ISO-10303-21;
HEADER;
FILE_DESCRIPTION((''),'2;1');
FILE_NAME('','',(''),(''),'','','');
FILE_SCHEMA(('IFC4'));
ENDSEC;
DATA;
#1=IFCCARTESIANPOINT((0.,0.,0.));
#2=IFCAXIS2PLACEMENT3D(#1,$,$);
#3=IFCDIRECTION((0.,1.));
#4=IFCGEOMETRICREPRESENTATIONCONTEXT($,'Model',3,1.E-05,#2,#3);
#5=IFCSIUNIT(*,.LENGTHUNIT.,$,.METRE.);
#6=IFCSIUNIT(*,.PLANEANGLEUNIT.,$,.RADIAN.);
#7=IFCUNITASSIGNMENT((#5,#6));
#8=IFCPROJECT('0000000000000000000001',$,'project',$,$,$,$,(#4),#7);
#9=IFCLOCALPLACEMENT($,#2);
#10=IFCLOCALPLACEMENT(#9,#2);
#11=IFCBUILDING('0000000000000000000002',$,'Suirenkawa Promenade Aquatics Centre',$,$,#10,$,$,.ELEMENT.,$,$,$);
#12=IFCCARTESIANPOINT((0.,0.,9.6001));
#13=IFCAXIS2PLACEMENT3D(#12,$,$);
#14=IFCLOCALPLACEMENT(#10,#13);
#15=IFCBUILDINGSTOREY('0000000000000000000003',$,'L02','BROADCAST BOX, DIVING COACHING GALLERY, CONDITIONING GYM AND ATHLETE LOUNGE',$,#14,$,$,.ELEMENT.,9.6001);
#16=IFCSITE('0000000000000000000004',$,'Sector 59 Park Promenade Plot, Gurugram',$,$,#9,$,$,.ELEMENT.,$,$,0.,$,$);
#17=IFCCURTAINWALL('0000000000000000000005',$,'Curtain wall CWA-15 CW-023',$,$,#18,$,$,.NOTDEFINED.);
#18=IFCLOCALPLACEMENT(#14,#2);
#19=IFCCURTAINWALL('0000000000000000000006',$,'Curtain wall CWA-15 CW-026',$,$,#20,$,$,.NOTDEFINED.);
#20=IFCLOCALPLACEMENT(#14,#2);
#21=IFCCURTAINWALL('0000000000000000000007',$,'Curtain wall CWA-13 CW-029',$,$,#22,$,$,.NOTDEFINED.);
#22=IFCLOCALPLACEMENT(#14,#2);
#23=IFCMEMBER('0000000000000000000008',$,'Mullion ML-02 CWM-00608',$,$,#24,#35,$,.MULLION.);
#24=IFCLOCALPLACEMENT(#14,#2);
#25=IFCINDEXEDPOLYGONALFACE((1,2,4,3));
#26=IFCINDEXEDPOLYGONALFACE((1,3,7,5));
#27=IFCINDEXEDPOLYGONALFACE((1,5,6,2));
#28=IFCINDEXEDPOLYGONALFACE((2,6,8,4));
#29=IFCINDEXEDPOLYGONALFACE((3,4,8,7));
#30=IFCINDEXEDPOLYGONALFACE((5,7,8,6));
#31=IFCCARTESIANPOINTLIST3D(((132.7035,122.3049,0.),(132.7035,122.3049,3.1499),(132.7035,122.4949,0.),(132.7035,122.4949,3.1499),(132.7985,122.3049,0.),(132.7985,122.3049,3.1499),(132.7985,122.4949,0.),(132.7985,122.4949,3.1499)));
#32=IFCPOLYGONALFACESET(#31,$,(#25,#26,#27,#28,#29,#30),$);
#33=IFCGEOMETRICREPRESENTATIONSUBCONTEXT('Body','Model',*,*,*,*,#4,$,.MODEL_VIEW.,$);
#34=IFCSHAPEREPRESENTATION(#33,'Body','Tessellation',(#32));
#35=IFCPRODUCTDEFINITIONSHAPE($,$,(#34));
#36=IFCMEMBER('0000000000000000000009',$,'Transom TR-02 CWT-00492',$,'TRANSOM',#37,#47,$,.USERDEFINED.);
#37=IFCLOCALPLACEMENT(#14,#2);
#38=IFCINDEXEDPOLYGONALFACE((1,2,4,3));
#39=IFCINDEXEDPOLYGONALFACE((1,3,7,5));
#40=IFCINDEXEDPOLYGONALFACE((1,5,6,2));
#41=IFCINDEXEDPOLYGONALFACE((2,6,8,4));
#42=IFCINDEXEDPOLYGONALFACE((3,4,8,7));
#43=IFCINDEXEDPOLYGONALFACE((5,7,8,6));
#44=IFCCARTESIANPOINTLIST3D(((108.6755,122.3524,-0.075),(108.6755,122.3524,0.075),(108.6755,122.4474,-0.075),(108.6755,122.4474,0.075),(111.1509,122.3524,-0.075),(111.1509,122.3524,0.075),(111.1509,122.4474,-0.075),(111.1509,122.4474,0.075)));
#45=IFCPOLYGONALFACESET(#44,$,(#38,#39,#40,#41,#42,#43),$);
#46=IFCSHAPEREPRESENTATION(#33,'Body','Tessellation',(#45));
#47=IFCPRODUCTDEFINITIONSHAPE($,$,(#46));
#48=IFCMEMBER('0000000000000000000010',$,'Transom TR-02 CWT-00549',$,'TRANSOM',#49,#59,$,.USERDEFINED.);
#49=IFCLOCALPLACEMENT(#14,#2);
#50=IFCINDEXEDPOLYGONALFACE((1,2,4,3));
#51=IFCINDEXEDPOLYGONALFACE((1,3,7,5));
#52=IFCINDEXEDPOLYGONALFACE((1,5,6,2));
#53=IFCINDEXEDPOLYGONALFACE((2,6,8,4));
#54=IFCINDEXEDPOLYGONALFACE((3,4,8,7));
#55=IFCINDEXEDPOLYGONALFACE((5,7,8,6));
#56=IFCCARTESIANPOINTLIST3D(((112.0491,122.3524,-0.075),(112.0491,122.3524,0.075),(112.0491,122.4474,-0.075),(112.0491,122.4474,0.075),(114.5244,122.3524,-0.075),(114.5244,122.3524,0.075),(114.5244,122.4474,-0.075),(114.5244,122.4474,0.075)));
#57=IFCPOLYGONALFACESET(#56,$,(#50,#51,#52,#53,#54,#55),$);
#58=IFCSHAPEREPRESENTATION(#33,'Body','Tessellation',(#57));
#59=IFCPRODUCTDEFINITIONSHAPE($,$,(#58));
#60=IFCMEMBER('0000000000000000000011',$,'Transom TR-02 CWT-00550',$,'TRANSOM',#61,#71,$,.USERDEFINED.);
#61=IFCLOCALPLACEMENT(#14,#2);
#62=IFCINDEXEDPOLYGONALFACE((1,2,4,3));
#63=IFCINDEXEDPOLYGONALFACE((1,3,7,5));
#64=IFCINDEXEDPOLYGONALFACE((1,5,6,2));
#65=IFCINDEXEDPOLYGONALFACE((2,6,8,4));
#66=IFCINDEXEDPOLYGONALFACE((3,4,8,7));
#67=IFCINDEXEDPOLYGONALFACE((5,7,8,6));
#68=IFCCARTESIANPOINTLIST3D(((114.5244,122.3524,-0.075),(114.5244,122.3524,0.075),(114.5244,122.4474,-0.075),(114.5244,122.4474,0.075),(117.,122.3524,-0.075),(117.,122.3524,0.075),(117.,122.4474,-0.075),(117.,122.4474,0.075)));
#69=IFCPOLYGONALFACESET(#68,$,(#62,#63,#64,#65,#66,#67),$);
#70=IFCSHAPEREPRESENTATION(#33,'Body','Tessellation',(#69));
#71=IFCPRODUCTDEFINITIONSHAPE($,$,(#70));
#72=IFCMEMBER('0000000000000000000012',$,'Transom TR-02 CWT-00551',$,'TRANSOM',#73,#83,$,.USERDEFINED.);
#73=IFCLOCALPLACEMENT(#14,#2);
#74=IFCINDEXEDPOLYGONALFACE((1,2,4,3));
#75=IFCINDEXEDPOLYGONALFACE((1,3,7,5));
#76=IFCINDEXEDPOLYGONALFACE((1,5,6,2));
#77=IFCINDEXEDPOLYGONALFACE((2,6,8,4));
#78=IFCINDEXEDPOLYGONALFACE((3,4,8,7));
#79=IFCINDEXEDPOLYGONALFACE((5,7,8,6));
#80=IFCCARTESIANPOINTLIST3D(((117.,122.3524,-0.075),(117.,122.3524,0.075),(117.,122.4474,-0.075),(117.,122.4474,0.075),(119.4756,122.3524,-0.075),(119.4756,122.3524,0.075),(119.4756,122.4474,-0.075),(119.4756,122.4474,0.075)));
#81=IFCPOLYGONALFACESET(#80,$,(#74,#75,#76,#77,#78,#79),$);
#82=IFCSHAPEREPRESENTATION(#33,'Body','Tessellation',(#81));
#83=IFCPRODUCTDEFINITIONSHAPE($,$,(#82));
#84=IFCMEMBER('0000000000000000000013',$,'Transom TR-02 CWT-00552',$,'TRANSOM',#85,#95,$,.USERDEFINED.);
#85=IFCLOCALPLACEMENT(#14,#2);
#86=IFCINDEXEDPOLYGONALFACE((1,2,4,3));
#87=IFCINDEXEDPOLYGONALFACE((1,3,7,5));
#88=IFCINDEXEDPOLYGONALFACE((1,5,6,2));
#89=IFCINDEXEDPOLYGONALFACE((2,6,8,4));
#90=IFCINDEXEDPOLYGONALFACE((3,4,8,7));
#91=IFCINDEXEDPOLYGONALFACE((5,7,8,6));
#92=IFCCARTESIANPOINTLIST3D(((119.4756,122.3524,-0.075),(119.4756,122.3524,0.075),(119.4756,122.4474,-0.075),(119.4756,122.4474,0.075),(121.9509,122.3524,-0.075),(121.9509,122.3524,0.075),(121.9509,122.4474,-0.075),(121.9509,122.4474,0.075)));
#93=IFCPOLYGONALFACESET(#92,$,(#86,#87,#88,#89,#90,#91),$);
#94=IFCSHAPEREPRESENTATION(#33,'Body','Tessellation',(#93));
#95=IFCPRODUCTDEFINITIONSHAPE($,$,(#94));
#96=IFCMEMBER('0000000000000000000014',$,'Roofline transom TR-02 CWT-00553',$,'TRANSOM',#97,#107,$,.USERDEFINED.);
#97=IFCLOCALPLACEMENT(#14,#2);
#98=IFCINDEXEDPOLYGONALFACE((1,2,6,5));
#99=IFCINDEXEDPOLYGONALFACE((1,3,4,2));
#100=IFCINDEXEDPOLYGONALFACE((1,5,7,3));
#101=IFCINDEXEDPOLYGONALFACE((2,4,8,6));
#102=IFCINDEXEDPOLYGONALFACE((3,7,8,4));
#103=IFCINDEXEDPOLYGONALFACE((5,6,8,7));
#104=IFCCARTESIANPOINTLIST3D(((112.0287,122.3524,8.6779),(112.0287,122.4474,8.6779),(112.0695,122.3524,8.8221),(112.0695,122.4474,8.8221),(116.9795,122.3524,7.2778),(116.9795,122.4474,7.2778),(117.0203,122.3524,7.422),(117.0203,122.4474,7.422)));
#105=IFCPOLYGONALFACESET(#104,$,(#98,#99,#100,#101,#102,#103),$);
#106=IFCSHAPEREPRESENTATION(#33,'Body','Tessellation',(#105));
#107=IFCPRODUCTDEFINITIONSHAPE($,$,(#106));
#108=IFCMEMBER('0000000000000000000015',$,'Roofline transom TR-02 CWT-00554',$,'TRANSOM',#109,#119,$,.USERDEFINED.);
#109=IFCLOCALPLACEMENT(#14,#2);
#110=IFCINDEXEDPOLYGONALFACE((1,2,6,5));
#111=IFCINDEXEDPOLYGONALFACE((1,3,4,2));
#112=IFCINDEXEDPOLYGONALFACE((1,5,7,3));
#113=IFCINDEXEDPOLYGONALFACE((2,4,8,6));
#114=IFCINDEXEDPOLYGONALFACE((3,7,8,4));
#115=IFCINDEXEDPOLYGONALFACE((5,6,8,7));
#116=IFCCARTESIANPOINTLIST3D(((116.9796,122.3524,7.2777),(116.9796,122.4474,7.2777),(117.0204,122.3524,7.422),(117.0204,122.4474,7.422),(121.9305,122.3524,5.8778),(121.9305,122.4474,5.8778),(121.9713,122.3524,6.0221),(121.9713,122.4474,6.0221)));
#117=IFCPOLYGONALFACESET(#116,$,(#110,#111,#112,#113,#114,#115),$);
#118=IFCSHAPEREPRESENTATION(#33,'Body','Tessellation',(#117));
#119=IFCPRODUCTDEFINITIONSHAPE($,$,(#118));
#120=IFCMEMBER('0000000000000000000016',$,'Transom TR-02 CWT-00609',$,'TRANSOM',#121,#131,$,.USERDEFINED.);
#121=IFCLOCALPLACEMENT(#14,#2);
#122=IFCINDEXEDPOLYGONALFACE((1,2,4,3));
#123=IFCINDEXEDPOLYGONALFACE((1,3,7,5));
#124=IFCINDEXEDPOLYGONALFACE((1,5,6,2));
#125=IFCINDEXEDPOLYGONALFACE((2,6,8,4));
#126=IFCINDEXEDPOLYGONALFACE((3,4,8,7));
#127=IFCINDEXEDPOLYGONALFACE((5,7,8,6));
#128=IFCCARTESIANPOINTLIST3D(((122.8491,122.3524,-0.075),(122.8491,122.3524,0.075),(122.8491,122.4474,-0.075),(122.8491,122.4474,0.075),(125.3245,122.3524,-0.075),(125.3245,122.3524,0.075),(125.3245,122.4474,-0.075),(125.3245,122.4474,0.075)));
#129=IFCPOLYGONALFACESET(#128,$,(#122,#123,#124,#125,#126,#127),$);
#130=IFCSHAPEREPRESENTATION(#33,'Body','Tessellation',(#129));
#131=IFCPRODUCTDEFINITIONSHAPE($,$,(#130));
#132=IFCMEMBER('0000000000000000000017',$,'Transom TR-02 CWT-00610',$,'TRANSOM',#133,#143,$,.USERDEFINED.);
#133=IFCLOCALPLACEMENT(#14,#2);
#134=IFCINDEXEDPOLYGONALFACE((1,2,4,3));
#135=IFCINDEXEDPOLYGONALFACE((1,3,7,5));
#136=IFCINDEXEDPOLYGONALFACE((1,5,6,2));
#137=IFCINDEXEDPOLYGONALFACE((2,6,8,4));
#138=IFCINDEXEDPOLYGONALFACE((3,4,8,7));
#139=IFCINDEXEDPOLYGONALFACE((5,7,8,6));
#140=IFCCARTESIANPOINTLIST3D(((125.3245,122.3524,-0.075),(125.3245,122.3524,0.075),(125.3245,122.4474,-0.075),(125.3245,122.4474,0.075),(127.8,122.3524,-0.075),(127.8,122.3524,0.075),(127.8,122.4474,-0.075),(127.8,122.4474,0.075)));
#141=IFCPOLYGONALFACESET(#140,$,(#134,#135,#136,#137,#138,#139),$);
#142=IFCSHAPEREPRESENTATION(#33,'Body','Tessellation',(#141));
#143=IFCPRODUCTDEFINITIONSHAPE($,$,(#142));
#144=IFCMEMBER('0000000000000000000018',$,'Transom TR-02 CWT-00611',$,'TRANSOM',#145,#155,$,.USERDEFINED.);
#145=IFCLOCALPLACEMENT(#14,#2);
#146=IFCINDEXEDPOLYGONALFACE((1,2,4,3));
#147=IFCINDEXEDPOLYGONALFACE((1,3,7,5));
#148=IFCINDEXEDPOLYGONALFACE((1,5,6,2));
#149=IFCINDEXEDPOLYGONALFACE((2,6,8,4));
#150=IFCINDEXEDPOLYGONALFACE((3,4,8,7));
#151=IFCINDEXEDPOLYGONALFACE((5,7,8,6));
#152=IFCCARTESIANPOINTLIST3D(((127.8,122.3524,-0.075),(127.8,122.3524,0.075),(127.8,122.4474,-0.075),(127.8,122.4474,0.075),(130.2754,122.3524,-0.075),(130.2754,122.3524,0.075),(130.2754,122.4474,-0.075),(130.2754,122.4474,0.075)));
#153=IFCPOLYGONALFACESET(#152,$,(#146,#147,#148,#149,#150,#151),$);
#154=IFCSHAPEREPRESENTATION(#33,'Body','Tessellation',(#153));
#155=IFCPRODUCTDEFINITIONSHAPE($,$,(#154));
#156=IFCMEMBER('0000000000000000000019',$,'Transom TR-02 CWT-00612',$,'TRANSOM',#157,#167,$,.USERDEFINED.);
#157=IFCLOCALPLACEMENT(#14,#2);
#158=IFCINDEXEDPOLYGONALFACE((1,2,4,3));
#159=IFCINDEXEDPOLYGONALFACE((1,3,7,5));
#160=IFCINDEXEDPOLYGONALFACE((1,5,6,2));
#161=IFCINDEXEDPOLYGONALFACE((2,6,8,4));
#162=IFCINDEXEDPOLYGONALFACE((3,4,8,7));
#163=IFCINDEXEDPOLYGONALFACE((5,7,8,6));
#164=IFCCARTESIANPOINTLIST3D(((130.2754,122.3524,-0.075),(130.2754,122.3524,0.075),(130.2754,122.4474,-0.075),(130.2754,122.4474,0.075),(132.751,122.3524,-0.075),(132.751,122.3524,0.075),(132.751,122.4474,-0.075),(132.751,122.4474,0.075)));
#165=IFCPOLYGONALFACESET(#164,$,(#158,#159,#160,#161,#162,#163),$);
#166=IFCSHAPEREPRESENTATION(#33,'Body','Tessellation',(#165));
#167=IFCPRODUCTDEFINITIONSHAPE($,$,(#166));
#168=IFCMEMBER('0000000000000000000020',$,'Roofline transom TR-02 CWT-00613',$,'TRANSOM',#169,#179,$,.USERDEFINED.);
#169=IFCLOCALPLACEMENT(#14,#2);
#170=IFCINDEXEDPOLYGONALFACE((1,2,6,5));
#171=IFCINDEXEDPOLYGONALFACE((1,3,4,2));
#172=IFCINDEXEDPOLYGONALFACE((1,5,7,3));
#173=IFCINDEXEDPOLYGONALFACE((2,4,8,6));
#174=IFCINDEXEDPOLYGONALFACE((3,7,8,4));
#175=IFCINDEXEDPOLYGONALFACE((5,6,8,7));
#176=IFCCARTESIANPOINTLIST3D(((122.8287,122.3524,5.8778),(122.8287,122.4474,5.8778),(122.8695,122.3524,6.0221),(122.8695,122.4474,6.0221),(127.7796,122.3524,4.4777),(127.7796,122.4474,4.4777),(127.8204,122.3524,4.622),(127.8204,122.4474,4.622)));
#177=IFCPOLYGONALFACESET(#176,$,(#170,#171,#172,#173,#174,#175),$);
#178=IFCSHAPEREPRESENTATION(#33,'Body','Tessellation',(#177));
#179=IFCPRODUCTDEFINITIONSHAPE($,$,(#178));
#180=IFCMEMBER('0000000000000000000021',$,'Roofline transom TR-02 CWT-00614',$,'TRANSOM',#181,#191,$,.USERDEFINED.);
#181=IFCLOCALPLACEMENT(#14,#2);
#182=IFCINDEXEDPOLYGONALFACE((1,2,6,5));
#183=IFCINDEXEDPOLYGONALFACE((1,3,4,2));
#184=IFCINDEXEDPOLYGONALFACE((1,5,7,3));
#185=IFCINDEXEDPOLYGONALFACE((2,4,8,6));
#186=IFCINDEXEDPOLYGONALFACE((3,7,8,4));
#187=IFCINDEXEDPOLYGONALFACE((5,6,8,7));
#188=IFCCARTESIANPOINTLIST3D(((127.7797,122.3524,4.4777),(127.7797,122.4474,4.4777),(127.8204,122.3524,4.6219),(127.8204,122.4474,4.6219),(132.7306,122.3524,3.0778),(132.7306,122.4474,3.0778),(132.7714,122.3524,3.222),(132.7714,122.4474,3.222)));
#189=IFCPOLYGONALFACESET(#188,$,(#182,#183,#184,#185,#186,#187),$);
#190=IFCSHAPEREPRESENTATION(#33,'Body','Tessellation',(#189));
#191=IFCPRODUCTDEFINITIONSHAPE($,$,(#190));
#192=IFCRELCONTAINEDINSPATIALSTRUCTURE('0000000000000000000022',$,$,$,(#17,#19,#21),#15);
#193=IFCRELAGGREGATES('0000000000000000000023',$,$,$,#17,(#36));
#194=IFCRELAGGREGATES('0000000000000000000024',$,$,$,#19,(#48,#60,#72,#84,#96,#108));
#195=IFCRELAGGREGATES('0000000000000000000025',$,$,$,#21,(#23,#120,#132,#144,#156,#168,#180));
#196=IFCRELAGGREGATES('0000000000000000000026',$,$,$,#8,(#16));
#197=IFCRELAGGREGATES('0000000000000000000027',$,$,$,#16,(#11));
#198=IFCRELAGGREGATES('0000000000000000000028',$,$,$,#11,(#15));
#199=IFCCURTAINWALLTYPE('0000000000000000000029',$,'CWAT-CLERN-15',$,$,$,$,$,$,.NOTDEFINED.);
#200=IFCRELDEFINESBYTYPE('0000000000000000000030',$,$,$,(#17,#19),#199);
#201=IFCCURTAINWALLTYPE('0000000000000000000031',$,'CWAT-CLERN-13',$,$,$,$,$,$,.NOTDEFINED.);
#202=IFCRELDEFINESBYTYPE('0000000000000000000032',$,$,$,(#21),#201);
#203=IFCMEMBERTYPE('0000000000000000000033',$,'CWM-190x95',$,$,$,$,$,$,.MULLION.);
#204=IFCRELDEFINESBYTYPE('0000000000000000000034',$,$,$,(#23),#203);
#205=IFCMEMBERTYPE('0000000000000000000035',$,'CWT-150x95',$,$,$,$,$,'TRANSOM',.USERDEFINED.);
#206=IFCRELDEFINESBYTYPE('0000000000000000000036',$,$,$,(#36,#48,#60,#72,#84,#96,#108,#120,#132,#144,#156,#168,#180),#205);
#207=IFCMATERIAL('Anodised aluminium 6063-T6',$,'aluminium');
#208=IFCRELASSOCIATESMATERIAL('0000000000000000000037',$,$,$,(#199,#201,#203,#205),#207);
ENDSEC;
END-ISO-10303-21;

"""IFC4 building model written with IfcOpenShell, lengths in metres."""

from ifc_helpers import new_model, si_unit, direction, frame, origin, origin_2d, place, context, subcontext, project, spatial, rectangle, extrude, material, material_profile, profile_set, type_object, element, aggregate, save


model = new_model("IFC4")

# Units and contexts
model_context = context("Model", 3, precision=1e-05, world=origin(), true_north=direction((0.0, 1.0)))
body_context = subcontext(model_context, "Body", "Model", "MODEL_VIEW")
ifc_project = project(units=[si_unit("LENGTHUNIT", "METRE"), si_unit("PLANEANGLEUNIT", "RADIAN")], contexts=[model_context])

# Site, building, storey
site_placement = place(None, origin())
site = spatial("IfcSite", under=ifc_project, at=site_placement, Name="Sector 59 Park Promenade Plot, Gurugram", CompositionType="ELEMENT", RefElevation=0.0)
building_placement = place(site_placement, origin())
building = spatial("IfcBuilding", under=site, at=building_placement, Name="Suirenkawa Promenade Aquatics Centre", CompositionType="ELEMENT")
storey_placement = place(building_placement, frame((0.0, 0.0, 9.6001)))
storey = spatial("IfcBuildingStorey", under=building, at=storey_placement, Name="L02", Description="BROADCAST BOX, DIVING COACHING GALLERY, CONDITIONING GYM AND ATHLETE LOUNGE", CompositionType="ELEMENT", Elevation=9.6001)

# Curtain wall
ifc_material_1 = material(Name="Anodised aluminium 6063-T6", Category="aluminium")
curtain_wall_type_1 = type_object("IfcCurtainWallType", Name="CWAT-CLERN-15", PredefinedType="NOTDEFINED", material=ifc_material_1)
curtain_wall_1_placement = place(storey_placement, origin())
curtain_wall_1 = element("IfcCurtainWall", 1, at=curtain_wall_1_placement, inside=storey, type_object=curtain_wall_type_1, Name="Curtain wall CWA-15 CW-023", PredefinedType="NOTDEFINED")
ifc_material_profile_1 = material_profile(ifc_material_1, rectangle(XDim=0.095, YDim=0.1899, at=origin_2d()), Name="ALU MULL 95x190", Category="aluminium")
ifc_profile_set_1 = profile_set([ifc_material_profile_1], Name="Anodised aluminium 6063-T6")
member_type_1 = type_object("IfcMemberType", Name="CWM-190x95", PredefinedType="MULLION", material=ifc_profile_set_1)

# Curtain walls, member
curtain_wall_2_placement = place(storey_placement, origin())
curtain_wall_2 = element("IfcCurtainWall", 2, at=curtain_wall_2_placement, inside=storey, type_object=curtain_wall_type_1, Name="Curtain wall CWA-15 CW-026", PredefinedType="NOTDEFINED")
curtain_wall_type_2 = type_object("IfcCurtainWallType", Name="CWAT-CLERN-13", PredefinedType="NOTDEFINED", material=ifc_material_1)
curtain_wall_3_placement = place(storey_placement, origin())
curtain_wall_3 = element("IfcCurtainWall", 3, at=curtain_wall_3_placement, inside=storey, type_object=curtain_wall_type_2, Name="Curtain wall CWA-13 CW-029", PredefinedType="NOTDEFINED")
member_1_placement = place(storey_placement, frame((132.751, 122.3999, 0.0), z_axis=(0.0, 0.0, 1.0), x_axis=(1.0, 0.0, 0.0)))
member_1 = element("IfcMember", 4, at=member_1_placement, type_object=member_type_1, Name="Mullion ML-02 CWM-00608", PredefinedType="MULLION", context=body_context, shape_type="SweptSolid", body=[
    extrude(rectangle(XDim=0.095, YDim=0.1899, at=origin_2d()), origin(), (0.0, 0.0, 1.0), 3.1499),
])

# Members
ifc_material_profile_2 = material_profile(ifc_material_1, rectangle(XDim=0.095, YDim=0.1499, at=origin_2d()), Name="ALU TRAN 95x150", Category="aluminium")
ifc_profile_set_2 = profile_set([ifc_material_profile_2], Name="Anodised aluminium 6063-T6")
member_type_2 = type_object("IfcMemberType", Name="CWT-150x95", ElementType="TRANSOM", PredefinedType="USERDEFINED", material=ifc_profile_set_2)
member_2_placement = place(storey_placement, frame((108.6755, 122.3999, 0.0), z_axis=(1.0, 0.0, 0.0), x_axis=(0.0, 1.0, 0.0)))
member_2 = element("IfcMember", 5, at=member_2_placement, type_object=member_type_2, Name="Transom TR-02 CWT-00492", ObjectType="TRANSOM", PredefinedType="USERDEFINED", context=body_context, shape_type="SweptSolid", body=[
    extrude(rectangle(XDim=0.095, YDim=0.1499, at=origin_2d()), origin(), (0.0, 0.0, 1.0), 2.4753),
])
member_3_placement = place(storey_placement, frame((112.0491, 122.3999, 0.0), z_axis=(1.0, 0.0, 0.0), x_axis=(0.0, 1.0, 0.0)))
member_3 = element("IfcMember", 6, at=member_3_placement, type_object=member_type_2, Name="Transom TR-02 CWT-00549", ObjectType="TRANSOM", PredefinedType="USERDEFINED", context=body_context, shape_type="SweptSolid", body=[
    extrude(rectangle(XDim=0.095, YDim=0.1499, at=origin_2d()), origin(), (0.0, 0.0, 1.0), 2.4753),
])
member_4_placement = place(storey_placement, frame((114.5244, 122.3999, 0.0), z_axis=(1.0, 0.0, 0.0), x_axis=(0.0, 1.0, 0.0)))
member_4 = element("IfcMember", 7, at=member_4_placement, type_object=member_type_2, Name="Transom TR-02 CWT-00550", ObjectType="TRANSOM", PredefinedType="USERDEFINED", context=body_context, shape_type="SweptSolid", body=[
    extrude(rectangle(XDim=0.095, YDim=0.1499, at=origin_2d()), origin(), (0.0, 0.0, 1.0), 2.4756),
])
member_5_placement = place(storey_placement, frame((117.0, 122.3999, 0.0), z_axis=(1.0, 0.0, 0.0), x_axis=(0.0, 1.0, 0.0)))
member_5 = element("IfcMember", 8, at=member_5_placement, type_object=member_type_2, Name="Transom TR-02 CWT-00551", ObjectType="TRANSOM", PredefinedType="USERDEFINED", context=body_context, shape_type="SweptSolid", body=[
    extrude(rectangle(XDim=0.095, YDim=0.1499, at=origin_2d()), origin(), (0.0, 0.0, 1.0), 2.4756),
])
member_6_placement = place(storey_placement, frame((119.4756, 122.3999, 0.0), z_axis=(1.0, 0.0, 0.0), x_axis=(0.0, 1.0, 0.0)))
member_6 = element("IfcMember", 9, at=member_6_placement, type_object=member_type_2, Name="Transom TR-02 CWT-00552", ObjectType="TRANSOM", PredefinedType="USERDEFINED", context=body_context, shape_type="SweptSolid", body=[
    extrude(rectangle(XDim=0.095, YDim=0.1499, at=origin_2d()), origin(), (0.0, 0.0, 1.0), 2.4753),
])
member_7_placement = place(storey_placement, frame((112.0491, 122.3999, 8.75), z_axis=(0.96226, 0.0, -0.272132), x_axis=(0.0, 1.0, 0.0)))
member_7 = element("IfcMember", 10, at=member_7_placement, type_object=member_type_2, Name="Roofline transom TR-02 CWT-00553", ObjectType="TRANSOM", PredefinedType="USERDEFINED", context=body_context, shape_type="SweptSolid", body=[
    extrude(rectangle(XDim=0.095, YDim=0.1499, at=origin_2d()), origin(), (0.0, 0.0, 1.0), 5.145),
])
member_8_placement = place(storey_placement, frame((117.0, 122.3999, 7.3499), z_axis=(0.962272, 0.0, -0.272088), x_axis=(0.0, 1.0, 0.0)))
member_8 = element("IfcMember", 11, at=member_8_placement, type_object=member_type_2, Name="Roofline transom TR-02 CWT-00554", ObjectType="TRANSOM", PredefinedType="USERDEFINED", context=body_context, shape_type="SweptSolid", body=[
    extrude(rectangle(XDim=0.095, YDim=0.1499, at=origin_2d()), origin(), (0.0, 0.0, 1.0), 5.145),
])
member_9_placement = place(storey_placement, frame((122.8491, 122.3999, 0.0), z_axis=(1.0, 0.0, 0.0), x_axis=(0.0, 1.0, 0.0)))
member_9 = element("IfcMember", 12, at=member_9_placement, type_object=member_type_2, Name="Transom TR-02 CWT-00609", ObjectType="TRANSOM", PredefinedType="USERDEFINED", context=body_context, shape_type="SweptSolid", body=[
    extrude(rectangle(XDim=0.095, YDim=0.1499, at=origin_2d()), origin(), (0.0, 0.0, 1.0), 2.4753),
])
member_10_placement = place(storey_placement, frame((125.3245, 122.3999, 0.0), z_axis=(1.0, 0.0, 0.0), x_axis=(0.0, 1.0, 0.0)))
member_10 = element("IfcMember", 13, at=member_10_placement, type_object=member_type_2, Name="Transom TR-02 CWT-00610", ObjectType="TRANSOM", PredefinedType="USERDEFINED", context=body_context, shape_type="SweptSolid", body=[
    extrude(rectangle(XDim=0.095, YDim=0.1499, at=origin_2d()), origin(), (0.0, 0.0, 1.0), 2.4756),
])
member_11_placement = place(storey_placement, frame((127.8, 122.3999, 0.0), z_axis=(1.0, 0.0, 0.0), x_axis=(0.0, 1.0, 0.0)))
member_11 = element("IfcMember", 14, at=member_11_placement, type_object=member_type_2, Name="Transom TR-02 CWT-00611", ObjectType="TRANSOM", PredefinedType="USERDEFINED", context=body_context, shape_type="SweptSolid", body=[
    extrude(rectangle(XDim=0.095, YDim=0.1499, at=origin_2d()), origin(), (0.0, 0.0, 1.0), 2.4753),
])
member_12_placement = place(storey_placement, frame((130.2754, 122.3999, 0.0), z_axis=(1.0, 0.0, 0.0), x_axis=(0.0, 1.0, 0.0)))
member_12 = element("IfcMember", 15, at=member_12_placement, type_object=member_type_2, Name="Transom TR-02 CWT-00612", ObjectType="TRANSOM", PredefinedType="USERDEFINED", context=body_context, shape_type="SweptSolid", body=[
    extrude(rectangle(XDim=0.095, YDim=0.1499, at=origin_2d()), origin(), (0.0, 0.0, 1.0), 2.4756),
])
member_13_placement = place(storey_placement, frame((122.8491, 122.3999, 5.95), z_axis=(0.96226, 0.0, -0.272132), x_axis=(0.0, 1.0, 0.0)))
member_13 = element("IfcMember", 16, at=member_13_placement, type_object=member_type_2, Name="Roofline transom TR-02 CWT-00613", ObjectType="TRANSOM", PredefinedType="USERDEFINED", context=body_context, shape_type="SweptSolid", body=[
    extrude(rectangle(XDim=0.095, YDim=0.1499, at=origin_2d()), origin(), (0.0, 0.0, 1.0), 5.145),
])
member_14_placement = place(storey_placement, frame((127.8, 122.3999, 4.5498), z_axis=(0.962272, 0.0, -0.272088), x_axis=(0.0, 1.0, 0.0)))
member_14 = element("IfcMember", 17, at=member_14_placement, type_object=member_type_2, Name="Roofline transom TR-02 CWT-00614", ObjectType="TRANSOM", PredefinedType="USERDEFINED", context=body_context, shape_type="SweptSolid", body=[
    extrude(rectangle(XDim=0.095, YDim=0.1499, at=origin_2d()), origin(), (0.0, 0.0, 1.0), 5.145),
])

aggregate(curtain_wall_1, [member_2])
aggregate(curtain_wall_2, [member_3, member_4, member_5, member_6, member_7, member_8])
aggregate(curtain_wall_3, [member_1, member_9, member_10, member_11, member_12, member_13, member_14])

save(model, "model.ifc")
